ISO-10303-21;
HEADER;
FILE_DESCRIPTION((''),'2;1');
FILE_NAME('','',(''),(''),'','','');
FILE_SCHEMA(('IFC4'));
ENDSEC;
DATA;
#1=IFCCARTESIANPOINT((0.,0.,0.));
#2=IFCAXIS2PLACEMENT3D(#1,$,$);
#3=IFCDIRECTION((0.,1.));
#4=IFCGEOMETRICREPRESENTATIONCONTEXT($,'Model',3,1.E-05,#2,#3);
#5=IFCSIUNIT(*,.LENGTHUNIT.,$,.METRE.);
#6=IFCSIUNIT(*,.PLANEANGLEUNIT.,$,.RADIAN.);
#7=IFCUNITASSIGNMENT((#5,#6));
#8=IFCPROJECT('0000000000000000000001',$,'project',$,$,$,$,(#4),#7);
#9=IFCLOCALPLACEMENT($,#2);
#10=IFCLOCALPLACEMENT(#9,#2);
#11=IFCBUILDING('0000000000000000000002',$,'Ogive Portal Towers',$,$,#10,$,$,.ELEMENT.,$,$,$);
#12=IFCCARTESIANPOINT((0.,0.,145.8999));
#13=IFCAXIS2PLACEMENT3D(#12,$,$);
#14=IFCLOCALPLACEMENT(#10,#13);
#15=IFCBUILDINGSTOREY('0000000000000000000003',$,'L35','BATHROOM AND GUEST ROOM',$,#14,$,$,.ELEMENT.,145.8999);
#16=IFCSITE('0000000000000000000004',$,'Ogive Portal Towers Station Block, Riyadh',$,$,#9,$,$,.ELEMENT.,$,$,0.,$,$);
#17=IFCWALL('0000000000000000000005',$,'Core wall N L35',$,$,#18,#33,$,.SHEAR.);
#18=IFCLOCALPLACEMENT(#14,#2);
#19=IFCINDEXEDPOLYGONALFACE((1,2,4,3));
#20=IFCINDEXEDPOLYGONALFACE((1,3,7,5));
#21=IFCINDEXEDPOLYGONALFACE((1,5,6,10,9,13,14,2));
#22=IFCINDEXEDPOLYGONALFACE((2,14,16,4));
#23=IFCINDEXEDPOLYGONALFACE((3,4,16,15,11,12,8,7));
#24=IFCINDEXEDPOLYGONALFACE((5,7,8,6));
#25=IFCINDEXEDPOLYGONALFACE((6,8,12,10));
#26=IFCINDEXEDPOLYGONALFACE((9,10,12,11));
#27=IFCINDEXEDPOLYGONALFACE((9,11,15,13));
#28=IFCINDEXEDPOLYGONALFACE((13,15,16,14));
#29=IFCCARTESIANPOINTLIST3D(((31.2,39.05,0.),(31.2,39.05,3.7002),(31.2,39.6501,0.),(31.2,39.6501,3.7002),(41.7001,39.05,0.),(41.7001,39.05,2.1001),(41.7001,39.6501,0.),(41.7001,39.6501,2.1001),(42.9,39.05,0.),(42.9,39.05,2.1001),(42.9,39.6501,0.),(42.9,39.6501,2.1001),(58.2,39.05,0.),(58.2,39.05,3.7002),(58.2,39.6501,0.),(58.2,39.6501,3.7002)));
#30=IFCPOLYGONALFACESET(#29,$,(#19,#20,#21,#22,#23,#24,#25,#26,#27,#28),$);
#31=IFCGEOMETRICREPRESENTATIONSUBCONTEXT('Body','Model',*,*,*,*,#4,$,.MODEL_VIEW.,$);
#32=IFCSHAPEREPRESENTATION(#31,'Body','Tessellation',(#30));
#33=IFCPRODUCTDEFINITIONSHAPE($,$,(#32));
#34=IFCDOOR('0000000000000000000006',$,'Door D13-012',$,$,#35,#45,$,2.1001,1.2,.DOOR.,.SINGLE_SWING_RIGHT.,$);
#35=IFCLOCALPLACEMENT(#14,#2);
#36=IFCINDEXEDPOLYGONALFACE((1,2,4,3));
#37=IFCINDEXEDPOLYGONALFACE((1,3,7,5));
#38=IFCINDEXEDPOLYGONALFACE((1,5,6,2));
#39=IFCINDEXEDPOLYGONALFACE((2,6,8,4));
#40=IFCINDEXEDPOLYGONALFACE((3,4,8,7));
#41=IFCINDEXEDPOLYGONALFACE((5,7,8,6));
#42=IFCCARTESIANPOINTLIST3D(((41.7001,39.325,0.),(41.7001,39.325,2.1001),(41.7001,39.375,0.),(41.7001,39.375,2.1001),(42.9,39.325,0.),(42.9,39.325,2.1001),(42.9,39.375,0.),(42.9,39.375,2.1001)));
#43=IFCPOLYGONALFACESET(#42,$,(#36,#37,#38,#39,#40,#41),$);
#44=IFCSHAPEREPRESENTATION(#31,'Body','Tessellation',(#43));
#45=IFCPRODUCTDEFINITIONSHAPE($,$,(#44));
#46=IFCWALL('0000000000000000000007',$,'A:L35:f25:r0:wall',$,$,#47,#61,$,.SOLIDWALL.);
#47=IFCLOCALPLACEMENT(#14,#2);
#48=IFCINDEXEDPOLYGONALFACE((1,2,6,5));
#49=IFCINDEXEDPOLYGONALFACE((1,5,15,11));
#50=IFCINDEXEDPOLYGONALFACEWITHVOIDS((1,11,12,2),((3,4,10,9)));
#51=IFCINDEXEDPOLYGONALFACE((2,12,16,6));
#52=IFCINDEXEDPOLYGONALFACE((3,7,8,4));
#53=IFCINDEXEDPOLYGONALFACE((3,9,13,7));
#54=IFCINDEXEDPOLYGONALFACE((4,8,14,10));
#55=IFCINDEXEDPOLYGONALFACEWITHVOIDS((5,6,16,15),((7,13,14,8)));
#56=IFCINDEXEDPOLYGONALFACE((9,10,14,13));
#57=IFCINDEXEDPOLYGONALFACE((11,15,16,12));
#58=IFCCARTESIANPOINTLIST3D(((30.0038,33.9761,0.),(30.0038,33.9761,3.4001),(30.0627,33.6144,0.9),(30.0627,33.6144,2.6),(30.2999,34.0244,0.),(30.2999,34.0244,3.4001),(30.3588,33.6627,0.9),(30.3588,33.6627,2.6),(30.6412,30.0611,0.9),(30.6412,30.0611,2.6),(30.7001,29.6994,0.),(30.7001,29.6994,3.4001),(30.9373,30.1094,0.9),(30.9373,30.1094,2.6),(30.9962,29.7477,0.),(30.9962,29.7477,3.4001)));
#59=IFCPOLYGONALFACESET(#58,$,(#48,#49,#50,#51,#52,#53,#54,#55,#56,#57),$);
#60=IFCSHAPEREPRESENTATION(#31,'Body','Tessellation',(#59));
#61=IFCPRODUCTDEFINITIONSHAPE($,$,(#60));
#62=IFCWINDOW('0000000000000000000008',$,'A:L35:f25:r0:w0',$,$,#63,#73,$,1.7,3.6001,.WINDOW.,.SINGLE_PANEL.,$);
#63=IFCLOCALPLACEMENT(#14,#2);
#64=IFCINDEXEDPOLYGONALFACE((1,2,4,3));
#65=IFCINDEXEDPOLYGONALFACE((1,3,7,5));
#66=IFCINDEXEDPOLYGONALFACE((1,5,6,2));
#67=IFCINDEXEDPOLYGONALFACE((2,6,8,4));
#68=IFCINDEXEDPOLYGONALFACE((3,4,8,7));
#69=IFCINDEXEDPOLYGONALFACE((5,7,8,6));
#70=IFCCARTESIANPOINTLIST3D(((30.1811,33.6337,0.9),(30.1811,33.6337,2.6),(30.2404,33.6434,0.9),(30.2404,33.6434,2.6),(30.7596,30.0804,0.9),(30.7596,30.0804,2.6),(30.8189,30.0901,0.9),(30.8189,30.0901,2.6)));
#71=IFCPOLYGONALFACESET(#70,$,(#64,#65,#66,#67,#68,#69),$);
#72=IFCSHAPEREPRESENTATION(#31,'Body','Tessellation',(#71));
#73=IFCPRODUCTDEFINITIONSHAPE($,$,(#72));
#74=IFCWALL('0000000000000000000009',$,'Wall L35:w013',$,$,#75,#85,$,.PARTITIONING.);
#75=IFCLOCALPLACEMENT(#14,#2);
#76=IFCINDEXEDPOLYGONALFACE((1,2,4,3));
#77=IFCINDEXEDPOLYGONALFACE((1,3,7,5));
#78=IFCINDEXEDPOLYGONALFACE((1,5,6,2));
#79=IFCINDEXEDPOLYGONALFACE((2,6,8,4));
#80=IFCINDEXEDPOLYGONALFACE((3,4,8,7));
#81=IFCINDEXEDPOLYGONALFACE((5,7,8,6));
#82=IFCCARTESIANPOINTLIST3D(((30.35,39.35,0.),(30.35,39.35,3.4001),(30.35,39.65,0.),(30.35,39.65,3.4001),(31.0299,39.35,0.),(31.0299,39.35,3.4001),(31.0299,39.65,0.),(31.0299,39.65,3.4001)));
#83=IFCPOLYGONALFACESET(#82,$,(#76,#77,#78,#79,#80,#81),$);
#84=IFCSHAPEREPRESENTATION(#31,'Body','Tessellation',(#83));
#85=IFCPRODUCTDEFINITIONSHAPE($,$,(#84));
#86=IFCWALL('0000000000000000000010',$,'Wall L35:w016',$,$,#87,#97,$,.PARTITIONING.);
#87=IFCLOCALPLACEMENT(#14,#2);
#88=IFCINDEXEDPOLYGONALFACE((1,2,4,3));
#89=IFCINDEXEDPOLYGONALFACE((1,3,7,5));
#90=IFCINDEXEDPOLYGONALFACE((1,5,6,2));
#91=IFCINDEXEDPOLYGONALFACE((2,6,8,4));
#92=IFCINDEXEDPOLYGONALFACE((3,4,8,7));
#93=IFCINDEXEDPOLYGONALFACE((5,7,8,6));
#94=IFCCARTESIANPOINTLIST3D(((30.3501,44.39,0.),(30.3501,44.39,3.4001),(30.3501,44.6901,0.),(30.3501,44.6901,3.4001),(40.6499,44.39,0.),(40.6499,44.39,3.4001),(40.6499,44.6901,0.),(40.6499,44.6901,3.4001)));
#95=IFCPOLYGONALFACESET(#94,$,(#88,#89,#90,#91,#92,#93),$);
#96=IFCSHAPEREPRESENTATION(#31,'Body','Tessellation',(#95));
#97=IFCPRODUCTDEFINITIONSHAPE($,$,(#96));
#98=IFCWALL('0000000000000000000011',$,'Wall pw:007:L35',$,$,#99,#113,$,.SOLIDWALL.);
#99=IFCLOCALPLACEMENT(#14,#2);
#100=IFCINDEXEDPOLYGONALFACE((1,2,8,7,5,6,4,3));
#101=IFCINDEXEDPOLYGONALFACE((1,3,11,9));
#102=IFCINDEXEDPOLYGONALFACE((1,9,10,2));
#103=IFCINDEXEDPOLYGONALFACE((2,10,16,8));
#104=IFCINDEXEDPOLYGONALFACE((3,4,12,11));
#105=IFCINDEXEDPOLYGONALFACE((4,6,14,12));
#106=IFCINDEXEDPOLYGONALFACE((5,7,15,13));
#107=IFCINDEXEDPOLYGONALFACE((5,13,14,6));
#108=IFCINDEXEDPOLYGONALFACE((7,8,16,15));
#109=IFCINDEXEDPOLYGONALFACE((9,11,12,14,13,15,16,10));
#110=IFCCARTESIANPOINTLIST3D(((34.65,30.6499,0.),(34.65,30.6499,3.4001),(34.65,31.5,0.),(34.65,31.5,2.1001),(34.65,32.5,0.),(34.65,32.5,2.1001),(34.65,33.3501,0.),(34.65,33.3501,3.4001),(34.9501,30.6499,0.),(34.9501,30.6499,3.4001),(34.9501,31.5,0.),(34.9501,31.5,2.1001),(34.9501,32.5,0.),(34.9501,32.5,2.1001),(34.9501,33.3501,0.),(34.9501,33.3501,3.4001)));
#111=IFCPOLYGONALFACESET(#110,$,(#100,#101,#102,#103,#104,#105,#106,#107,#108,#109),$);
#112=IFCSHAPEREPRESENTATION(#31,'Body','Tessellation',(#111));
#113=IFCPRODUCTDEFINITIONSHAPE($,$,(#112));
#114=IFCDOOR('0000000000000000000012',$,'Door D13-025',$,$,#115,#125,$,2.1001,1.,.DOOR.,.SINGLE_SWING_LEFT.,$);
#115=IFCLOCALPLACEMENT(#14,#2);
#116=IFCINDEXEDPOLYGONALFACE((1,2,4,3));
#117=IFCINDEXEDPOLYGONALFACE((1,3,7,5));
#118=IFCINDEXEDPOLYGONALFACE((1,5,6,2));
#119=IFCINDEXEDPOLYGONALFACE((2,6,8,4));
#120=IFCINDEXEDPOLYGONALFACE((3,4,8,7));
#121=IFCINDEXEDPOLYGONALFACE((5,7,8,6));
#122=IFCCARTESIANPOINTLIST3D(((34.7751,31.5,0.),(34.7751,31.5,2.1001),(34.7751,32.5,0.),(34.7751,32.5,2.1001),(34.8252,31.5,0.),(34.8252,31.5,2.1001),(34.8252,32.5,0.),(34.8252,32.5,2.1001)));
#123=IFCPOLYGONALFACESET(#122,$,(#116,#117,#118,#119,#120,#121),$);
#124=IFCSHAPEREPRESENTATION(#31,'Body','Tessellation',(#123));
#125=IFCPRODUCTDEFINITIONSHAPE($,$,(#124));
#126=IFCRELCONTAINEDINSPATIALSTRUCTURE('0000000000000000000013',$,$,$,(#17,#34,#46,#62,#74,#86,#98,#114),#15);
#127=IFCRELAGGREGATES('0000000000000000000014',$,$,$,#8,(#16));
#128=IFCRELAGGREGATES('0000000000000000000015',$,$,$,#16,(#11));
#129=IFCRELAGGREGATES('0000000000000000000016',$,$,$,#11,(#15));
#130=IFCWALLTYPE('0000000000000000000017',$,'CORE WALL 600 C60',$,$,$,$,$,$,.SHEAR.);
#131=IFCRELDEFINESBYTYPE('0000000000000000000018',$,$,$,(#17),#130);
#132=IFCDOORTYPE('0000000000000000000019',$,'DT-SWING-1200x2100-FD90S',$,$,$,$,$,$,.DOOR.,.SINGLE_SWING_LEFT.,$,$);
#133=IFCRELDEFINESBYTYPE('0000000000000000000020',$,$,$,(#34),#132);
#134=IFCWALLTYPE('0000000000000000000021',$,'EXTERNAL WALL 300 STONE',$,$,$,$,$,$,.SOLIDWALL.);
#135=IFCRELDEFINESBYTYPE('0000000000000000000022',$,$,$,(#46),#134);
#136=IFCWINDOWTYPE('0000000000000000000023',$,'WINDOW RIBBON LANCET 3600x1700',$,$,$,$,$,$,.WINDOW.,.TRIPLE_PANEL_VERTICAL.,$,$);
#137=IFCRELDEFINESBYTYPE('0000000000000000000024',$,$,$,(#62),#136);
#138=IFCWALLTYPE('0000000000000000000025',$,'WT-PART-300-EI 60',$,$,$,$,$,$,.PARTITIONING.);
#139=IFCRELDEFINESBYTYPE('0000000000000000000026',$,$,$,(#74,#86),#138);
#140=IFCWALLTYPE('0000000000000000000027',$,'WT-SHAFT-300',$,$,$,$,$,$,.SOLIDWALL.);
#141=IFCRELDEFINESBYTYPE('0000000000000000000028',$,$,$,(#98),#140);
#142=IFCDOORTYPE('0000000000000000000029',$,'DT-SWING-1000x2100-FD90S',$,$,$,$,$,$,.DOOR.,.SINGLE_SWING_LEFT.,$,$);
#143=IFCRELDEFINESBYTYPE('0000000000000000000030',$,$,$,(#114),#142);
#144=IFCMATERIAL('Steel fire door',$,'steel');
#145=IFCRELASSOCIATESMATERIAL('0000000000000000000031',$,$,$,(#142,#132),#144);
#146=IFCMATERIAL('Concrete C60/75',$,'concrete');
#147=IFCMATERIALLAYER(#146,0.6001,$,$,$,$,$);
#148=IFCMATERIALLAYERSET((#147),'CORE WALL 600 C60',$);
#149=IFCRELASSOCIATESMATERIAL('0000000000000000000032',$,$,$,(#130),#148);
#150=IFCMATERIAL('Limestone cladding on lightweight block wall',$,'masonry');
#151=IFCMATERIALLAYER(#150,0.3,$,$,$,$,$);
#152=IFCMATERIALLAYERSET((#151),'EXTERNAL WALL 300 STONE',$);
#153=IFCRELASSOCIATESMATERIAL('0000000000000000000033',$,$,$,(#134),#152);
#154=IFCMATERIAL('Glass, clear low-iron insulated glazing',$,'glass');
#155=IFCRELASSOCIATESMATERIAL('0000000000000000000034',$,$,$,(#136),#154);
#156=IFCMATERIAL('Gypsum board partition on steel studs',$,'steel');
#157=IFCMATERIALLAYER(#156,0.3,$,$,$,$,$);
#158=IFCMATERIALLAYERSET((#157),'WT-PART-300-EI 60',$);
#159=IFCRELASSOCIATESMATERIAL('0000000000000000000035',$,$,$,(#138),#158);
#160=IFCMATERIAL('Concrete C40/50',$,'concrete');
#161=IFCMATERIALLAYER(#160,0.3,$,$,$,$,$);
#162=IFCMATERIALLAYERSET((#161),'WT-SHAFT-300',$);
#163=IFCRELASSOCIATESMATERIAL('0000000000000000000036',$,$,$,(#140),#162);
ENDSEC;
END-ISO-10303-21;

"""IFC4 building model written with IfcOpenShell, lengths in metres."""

from ifc_helpers import new_model, si_unit, direction, frame, frame_2d, origin, place, context, subcontext, project, spatial, rectangle, extrude, material, layer, layer_set, type_object, element, fill, save


model = new_model("IFC4")

# Units and contexts
model_context = context("Model", 3, precision=1e-05, world=origin(), true_north=direction((0.0, 1.0)))
body_context = subcontext(model_context, "Body", "Model", "MODEL_VIEW")
ifc_project = project(units=[si_unit("LENGTHUNIT", "METRE"), si_unit("PLANEANGLEUNIT", "RADIAN")], contexts=[model_context])

# Site, building, storey
site_placement = place(None, origin())
site = spatial("IfcSite", under=ifc_project, at=site_placement, Name="Ogive Portal Towers Station Block, Riyadh", CompositionType="ELEMENT", RefElevation=0.0)
building_placement = place(site_placement, origin())
building = spatial("IfcBuilding", under=site, at=building_placement, Name="Ogive Portal Towers", CompositionType="ELEMENT")
storey_placement = place(building_placement, frame((0.0, 0.0, 145.8999)))
storey = spatial("IfcBuildingStorey", under=building, at=storey_placement, Name="L35", Description="BATHROOM AND GUEST ROOM", CompositionType="ELEMENT", Elevation=145.8999)

# Shared definitions
ifc_material_1 = material(Name="Concrete C40/50", Category="concrete")

# Shared definitions
ifc_material_2 = material(Name="Concrete C60/75", Category="concrete")
ifc_material_3 = material(Name="Steel fire door", Category="steel")
door_type_1 = type_object("IfcDoorType", Name="DT-SWING-1000x2100-FD90S", OperationType="SINGLE_SWING_LEFT", PredefinedType="DOOR", material=ifc_material_3)
door_type_2 = type_object("IfcDoorType", Name="DT-SWING-1200x2100-FD90S", OperationType="SINGLE_SWING_LEFT", PredefinedType="DOOR", material=ifc_material_3)

# Wall, opening, door
ifc_layer_1 = layer(ifc_material_2, 0.6001)
ifc_layer_set_1 = layer_set([ifc_layer_1], Name="CORE WALL 600 C60")
wall_type_1 = type_object("IfcWallType", Name="CORE WALL 600 C60", PredefinedType="SHEAR", material=ifc_layer_set_1)
wall_1_placement = place(storey_placement, frame((31.2, 39.3501, 0.0), z_axis=(0.0, 0.0, 1.0), x_axis=(1.0, 0.0, 0.0)))
wall_1 = element("IfcWall", 1, at=wall_1_placement, inside=storey, type_object=wall_type_1, Name="Core wall N L35", PredefinedType="SHEAR", context=body_context, shape_type="SweptSolid", body=[
    extrude(rectangle(XDim=27.0, YDim=0.6001, at=frame_2d((13.5, 0.0))), origin(), (0.0, 0.0, 1.0), 3.7002),
])
opening_1_placement = place(wall_1_placement, frame((10.5, 0.0, 0.0)))
opening_1 = element("IfcOpeningElement", 2, at=opening_1_placement, cuts=wall_1, PredefinedType="OPENING", context=body_context, shape_type="SweptSolid", body=[
    extrude(rectangle(XDim=1.2, YDim=2.1001, at=frame_2d((0.6001, 1.05))), frame((0.0, 0.3101, 0.0), z_axis=(0.0, -1.0, 0.0), x_axis=(1.0, 0.0, 0.0)), (0.0, 0.0, 1.0), 0.6201),
])
door_1_placement = place(opening_1_placement, origin())
door_1 = element("IfcDoor", 3, at=door_1_placement, inside=storey, type_object=door_type_2, Name="Door D13-012", OperationType="SINGLE_SWING_RIGHT", OverallHeight=2.1001, OverallWidth=1.2, PredefinedType="DOOR", context=body_context, shape_type="SweptSolid", body=[
    extrude(rectangle(XDim=1.2, YDim=2.1001, at=frame_2d((0.6001, 1.05))), frame((0.0, 0.0249, 0.0), z_axis=(0.0, -1.0, 0.0), x_axis=(1.0, 0.0, 0.0)), (0.0, 0.0, 1.0), 0.05),
])
fill(opening_1, door_1)

# Wall, opening, window
ifc_material_4 = material(Name="Limestone cladding on lightweight block wall", Category="masonry")
ifc_layer_2 = layer(ifc_material_4, 0.3)
ifc_layer_set_2 = layer_set([ifc_layer_2], Name="EXTERNAL WALL 300 STONE")
wall_type_2 = type_object("IfcWallType", Name="EXTERNAL WALL 300 STONE", PredefinedType="SOLIDWALL", material=ifc_layer_set_2)
wall_2_placement = place(storey_placement, frame((30.1519, 34.0002, 0.0), z_axis=(0.0, 0.0, 1.0), x_axis=(0.160697, -0.987004, 0.0)))
wall_2 = element("IfcWall", 4, at=wall_2_placement, inside=storey, type_object=wall_type_2, Name="A:L35:f25:r0:wall", PredefinedType="SOLIDWALL", context=body_context, shape_type="SweptSolid", body=[
    extrude(rectangle(XDim=4.333, YDim=0.3, at=frame_2d((2.1665, 0.0))), origin(), (0.0, 0.0, 1.0), 3.4001),
])
opening_2_placement = place(wall_2_placement, frame((0.3665, 0.0, 0.8999)))
opening_2 = element("IfcOpeningElement", 5, at=opening_2_placement, cuts=wall_2, PredefinedType="OPENING", context=body_context, shape_type="SweptSolid", body=[
    extrude(rectangle(XDim=3.6001, YDim=1.7, at=frame_2d((1.8, 0.8501))), frame((0.0, 0.1602, 0.0), z_axis=(0.0, -1.0, 0.0), x_axis=(1.0, 0.0, 0.0)), (0.0, 0.0, 1.0), 0.3201),
])
ifc_material_5 = material(Name="Glass, clear low-iron insulated glazing", Category="glass")
window_type = type_object("IfcWindowType", Name="WINDOW RIBBON LANCET 3600x1700", PartitioningType="TRIPLE_PANEL_VERTICAL", PredefinedType="WINDOW", material=ifc_material_5)
window_placement = place(opening_2_placement, origin())
window = element("IfcWindow", 6, at=window_placement, inside=storey, type_object=window_type, Name="A:L35:f25:r0:w0", OverallHeight=1.7, OverallWidth=3.6001, PartitioningType="SINGLE_PANEL", PredefinedType="WINDOW", context=body_context, shape_type="SweptSolid", body=[
    extrude(rectangle(XDim=3.6001, YDim=1.7, at=frame_2d((1.8, 0.8501))), frame((0.0, 0.03, 0.0), z_axis=(0.0, -1.0, 0.0), x_axis=(1.0, 0.0, 0.0)), (0.0, 0.0, 1.0), 0.0601),
])
fill(opening_2, window)

# Walls
ifc_material_6 = material(Name="Gypsum board partition on steel studs", Category="steel")
ifc_layer_3 = layer(ifc_material_6, 0.3)
ifc_layer_set_3 = layer_set([ifc_layer_3], Name="WT-PART-300-EI 60")
wall_type_3 = type_object("IfcWallType", Name="WT-PART-300-EI 60", PredefinedType="PARTITIONING", material=ifc_layer_set_3)
wall_3_placement = place(storey_placement, frame((30.3501, 39.5, 0.0), z_axis=(0.0, 0.0, 1.0), x_axis=(1.0, 0.0, 0.0)))
element("IfcWall", 7, at=wall_3_placement, inside=storey, type_object=wall_type_3, Name="Wall L35:w013", PredefinedType="PARTITIONING", context=body_context, shape_type="SweptSolid", body=[
    extrude(rectangle(XDim=0.6799, YDim=0.3, at=frame_2d((0.3398, 0.0))), origin(), (0.0, 0.0, 1.0), 3.4001),
])
wall_4_placement = place(storey_placement, frame((30.3501, 44.54, 0.0), z_axis=(0.0, 0.0, 1.0), x_axis=(1.0, 0.0, 0.0)))
element("IfcWall", 8, at=wall_4_placement, inside=storey, type_object=wall_type_3, Name="Wall L35:w016", PredefinedType="PARTITIONING", context=body_context, shape_type="SweptSolid", body=[
    extrude(rectangle(XDim=10.2998, YDim=0.3, at=frame_2d((5.1499, 0.0))), origin(), (0.0, 0.0, 1.0), 3.4001),
])

# Wall, opening, door
ifc_layer_4 = layer(ifc_material_1, 0.3)
ifc_layer_set_4 = layer_set([ifc_layer_4], Name="WT-SHAFT-300")
wall_type_4 = type_object("IfcWallType", Name="WT-SHAFT-300", PredefinedType="SOLIDWALL", material=ifc_layer_set_4)
wall_5_placement = place(storey_placement, frame((34.8, 30.6499, 0.0), z_axis=(0.0, 0.0, 1.0), x_axis=(0.0, 1.0, 0.0)))
wall_5 = element("IfcWall", 9, at=wall_5_placement, inside=storey, type_object=wall_type_4, Name="Wall pw:007:L35", PredefinedType="SOLIDWALL", context=body_context, shape_type="SweptSolid", body=[
    extrude(rectangle(XDim=2.7002, YDim=0.3, at=frame_2d((1.3501, 0.0))), origin(), (0.0, 0.0, 1.0), 3.4001),
])
opening_3_placement = place(wall_5_placement, frame((0.8501, 0.0, 0.0)))
opening_3 = element("IfcOpeningElement", 10, at=opening_3_placement, cuts=wall_5, PredefinedType="OPENING", context=body_context, shape_type="SweptSolid", body=[
    extrude(rectangle(XDim=1.0, YDim=2.1001, at=frame_2d((0.5, 1.05))), frame((0.0, 0.1602, 0.0), z_axis=(0.0, -1.0, 0.0), x_axis=(1.0, 0.0, 0.0)), (0.0, 0.0, 1.0), 0.3201),
])
door_2_placement = place(opening_3_placement, origin())
door_2 = element("IfcDoor", 11, at=door_2_placement, inside=storey, type_object=door_type_1, Name="Door D13-025", OperationType="SINGLE_SWING_LEFT", OverallHeight=2.1001, OverallWidth=1.0, PredefinedType="DOOR", context=body_context, shape_type="SweptSolid", body=[
    extrude(rectangle(XDim=1.0, YDim=2.1001, at=frame_2d((0.5, 1.05))), frame((0.0, 0.0249, 0.0), z_axis=(0.0, -1.0, 0.0), x_axis=(1.0, 0.0, 0.0)), (0.0, 0.0, 1.0), 0.05),
])
fill(opening_3, door_2)

save(model, "model.ifc")
